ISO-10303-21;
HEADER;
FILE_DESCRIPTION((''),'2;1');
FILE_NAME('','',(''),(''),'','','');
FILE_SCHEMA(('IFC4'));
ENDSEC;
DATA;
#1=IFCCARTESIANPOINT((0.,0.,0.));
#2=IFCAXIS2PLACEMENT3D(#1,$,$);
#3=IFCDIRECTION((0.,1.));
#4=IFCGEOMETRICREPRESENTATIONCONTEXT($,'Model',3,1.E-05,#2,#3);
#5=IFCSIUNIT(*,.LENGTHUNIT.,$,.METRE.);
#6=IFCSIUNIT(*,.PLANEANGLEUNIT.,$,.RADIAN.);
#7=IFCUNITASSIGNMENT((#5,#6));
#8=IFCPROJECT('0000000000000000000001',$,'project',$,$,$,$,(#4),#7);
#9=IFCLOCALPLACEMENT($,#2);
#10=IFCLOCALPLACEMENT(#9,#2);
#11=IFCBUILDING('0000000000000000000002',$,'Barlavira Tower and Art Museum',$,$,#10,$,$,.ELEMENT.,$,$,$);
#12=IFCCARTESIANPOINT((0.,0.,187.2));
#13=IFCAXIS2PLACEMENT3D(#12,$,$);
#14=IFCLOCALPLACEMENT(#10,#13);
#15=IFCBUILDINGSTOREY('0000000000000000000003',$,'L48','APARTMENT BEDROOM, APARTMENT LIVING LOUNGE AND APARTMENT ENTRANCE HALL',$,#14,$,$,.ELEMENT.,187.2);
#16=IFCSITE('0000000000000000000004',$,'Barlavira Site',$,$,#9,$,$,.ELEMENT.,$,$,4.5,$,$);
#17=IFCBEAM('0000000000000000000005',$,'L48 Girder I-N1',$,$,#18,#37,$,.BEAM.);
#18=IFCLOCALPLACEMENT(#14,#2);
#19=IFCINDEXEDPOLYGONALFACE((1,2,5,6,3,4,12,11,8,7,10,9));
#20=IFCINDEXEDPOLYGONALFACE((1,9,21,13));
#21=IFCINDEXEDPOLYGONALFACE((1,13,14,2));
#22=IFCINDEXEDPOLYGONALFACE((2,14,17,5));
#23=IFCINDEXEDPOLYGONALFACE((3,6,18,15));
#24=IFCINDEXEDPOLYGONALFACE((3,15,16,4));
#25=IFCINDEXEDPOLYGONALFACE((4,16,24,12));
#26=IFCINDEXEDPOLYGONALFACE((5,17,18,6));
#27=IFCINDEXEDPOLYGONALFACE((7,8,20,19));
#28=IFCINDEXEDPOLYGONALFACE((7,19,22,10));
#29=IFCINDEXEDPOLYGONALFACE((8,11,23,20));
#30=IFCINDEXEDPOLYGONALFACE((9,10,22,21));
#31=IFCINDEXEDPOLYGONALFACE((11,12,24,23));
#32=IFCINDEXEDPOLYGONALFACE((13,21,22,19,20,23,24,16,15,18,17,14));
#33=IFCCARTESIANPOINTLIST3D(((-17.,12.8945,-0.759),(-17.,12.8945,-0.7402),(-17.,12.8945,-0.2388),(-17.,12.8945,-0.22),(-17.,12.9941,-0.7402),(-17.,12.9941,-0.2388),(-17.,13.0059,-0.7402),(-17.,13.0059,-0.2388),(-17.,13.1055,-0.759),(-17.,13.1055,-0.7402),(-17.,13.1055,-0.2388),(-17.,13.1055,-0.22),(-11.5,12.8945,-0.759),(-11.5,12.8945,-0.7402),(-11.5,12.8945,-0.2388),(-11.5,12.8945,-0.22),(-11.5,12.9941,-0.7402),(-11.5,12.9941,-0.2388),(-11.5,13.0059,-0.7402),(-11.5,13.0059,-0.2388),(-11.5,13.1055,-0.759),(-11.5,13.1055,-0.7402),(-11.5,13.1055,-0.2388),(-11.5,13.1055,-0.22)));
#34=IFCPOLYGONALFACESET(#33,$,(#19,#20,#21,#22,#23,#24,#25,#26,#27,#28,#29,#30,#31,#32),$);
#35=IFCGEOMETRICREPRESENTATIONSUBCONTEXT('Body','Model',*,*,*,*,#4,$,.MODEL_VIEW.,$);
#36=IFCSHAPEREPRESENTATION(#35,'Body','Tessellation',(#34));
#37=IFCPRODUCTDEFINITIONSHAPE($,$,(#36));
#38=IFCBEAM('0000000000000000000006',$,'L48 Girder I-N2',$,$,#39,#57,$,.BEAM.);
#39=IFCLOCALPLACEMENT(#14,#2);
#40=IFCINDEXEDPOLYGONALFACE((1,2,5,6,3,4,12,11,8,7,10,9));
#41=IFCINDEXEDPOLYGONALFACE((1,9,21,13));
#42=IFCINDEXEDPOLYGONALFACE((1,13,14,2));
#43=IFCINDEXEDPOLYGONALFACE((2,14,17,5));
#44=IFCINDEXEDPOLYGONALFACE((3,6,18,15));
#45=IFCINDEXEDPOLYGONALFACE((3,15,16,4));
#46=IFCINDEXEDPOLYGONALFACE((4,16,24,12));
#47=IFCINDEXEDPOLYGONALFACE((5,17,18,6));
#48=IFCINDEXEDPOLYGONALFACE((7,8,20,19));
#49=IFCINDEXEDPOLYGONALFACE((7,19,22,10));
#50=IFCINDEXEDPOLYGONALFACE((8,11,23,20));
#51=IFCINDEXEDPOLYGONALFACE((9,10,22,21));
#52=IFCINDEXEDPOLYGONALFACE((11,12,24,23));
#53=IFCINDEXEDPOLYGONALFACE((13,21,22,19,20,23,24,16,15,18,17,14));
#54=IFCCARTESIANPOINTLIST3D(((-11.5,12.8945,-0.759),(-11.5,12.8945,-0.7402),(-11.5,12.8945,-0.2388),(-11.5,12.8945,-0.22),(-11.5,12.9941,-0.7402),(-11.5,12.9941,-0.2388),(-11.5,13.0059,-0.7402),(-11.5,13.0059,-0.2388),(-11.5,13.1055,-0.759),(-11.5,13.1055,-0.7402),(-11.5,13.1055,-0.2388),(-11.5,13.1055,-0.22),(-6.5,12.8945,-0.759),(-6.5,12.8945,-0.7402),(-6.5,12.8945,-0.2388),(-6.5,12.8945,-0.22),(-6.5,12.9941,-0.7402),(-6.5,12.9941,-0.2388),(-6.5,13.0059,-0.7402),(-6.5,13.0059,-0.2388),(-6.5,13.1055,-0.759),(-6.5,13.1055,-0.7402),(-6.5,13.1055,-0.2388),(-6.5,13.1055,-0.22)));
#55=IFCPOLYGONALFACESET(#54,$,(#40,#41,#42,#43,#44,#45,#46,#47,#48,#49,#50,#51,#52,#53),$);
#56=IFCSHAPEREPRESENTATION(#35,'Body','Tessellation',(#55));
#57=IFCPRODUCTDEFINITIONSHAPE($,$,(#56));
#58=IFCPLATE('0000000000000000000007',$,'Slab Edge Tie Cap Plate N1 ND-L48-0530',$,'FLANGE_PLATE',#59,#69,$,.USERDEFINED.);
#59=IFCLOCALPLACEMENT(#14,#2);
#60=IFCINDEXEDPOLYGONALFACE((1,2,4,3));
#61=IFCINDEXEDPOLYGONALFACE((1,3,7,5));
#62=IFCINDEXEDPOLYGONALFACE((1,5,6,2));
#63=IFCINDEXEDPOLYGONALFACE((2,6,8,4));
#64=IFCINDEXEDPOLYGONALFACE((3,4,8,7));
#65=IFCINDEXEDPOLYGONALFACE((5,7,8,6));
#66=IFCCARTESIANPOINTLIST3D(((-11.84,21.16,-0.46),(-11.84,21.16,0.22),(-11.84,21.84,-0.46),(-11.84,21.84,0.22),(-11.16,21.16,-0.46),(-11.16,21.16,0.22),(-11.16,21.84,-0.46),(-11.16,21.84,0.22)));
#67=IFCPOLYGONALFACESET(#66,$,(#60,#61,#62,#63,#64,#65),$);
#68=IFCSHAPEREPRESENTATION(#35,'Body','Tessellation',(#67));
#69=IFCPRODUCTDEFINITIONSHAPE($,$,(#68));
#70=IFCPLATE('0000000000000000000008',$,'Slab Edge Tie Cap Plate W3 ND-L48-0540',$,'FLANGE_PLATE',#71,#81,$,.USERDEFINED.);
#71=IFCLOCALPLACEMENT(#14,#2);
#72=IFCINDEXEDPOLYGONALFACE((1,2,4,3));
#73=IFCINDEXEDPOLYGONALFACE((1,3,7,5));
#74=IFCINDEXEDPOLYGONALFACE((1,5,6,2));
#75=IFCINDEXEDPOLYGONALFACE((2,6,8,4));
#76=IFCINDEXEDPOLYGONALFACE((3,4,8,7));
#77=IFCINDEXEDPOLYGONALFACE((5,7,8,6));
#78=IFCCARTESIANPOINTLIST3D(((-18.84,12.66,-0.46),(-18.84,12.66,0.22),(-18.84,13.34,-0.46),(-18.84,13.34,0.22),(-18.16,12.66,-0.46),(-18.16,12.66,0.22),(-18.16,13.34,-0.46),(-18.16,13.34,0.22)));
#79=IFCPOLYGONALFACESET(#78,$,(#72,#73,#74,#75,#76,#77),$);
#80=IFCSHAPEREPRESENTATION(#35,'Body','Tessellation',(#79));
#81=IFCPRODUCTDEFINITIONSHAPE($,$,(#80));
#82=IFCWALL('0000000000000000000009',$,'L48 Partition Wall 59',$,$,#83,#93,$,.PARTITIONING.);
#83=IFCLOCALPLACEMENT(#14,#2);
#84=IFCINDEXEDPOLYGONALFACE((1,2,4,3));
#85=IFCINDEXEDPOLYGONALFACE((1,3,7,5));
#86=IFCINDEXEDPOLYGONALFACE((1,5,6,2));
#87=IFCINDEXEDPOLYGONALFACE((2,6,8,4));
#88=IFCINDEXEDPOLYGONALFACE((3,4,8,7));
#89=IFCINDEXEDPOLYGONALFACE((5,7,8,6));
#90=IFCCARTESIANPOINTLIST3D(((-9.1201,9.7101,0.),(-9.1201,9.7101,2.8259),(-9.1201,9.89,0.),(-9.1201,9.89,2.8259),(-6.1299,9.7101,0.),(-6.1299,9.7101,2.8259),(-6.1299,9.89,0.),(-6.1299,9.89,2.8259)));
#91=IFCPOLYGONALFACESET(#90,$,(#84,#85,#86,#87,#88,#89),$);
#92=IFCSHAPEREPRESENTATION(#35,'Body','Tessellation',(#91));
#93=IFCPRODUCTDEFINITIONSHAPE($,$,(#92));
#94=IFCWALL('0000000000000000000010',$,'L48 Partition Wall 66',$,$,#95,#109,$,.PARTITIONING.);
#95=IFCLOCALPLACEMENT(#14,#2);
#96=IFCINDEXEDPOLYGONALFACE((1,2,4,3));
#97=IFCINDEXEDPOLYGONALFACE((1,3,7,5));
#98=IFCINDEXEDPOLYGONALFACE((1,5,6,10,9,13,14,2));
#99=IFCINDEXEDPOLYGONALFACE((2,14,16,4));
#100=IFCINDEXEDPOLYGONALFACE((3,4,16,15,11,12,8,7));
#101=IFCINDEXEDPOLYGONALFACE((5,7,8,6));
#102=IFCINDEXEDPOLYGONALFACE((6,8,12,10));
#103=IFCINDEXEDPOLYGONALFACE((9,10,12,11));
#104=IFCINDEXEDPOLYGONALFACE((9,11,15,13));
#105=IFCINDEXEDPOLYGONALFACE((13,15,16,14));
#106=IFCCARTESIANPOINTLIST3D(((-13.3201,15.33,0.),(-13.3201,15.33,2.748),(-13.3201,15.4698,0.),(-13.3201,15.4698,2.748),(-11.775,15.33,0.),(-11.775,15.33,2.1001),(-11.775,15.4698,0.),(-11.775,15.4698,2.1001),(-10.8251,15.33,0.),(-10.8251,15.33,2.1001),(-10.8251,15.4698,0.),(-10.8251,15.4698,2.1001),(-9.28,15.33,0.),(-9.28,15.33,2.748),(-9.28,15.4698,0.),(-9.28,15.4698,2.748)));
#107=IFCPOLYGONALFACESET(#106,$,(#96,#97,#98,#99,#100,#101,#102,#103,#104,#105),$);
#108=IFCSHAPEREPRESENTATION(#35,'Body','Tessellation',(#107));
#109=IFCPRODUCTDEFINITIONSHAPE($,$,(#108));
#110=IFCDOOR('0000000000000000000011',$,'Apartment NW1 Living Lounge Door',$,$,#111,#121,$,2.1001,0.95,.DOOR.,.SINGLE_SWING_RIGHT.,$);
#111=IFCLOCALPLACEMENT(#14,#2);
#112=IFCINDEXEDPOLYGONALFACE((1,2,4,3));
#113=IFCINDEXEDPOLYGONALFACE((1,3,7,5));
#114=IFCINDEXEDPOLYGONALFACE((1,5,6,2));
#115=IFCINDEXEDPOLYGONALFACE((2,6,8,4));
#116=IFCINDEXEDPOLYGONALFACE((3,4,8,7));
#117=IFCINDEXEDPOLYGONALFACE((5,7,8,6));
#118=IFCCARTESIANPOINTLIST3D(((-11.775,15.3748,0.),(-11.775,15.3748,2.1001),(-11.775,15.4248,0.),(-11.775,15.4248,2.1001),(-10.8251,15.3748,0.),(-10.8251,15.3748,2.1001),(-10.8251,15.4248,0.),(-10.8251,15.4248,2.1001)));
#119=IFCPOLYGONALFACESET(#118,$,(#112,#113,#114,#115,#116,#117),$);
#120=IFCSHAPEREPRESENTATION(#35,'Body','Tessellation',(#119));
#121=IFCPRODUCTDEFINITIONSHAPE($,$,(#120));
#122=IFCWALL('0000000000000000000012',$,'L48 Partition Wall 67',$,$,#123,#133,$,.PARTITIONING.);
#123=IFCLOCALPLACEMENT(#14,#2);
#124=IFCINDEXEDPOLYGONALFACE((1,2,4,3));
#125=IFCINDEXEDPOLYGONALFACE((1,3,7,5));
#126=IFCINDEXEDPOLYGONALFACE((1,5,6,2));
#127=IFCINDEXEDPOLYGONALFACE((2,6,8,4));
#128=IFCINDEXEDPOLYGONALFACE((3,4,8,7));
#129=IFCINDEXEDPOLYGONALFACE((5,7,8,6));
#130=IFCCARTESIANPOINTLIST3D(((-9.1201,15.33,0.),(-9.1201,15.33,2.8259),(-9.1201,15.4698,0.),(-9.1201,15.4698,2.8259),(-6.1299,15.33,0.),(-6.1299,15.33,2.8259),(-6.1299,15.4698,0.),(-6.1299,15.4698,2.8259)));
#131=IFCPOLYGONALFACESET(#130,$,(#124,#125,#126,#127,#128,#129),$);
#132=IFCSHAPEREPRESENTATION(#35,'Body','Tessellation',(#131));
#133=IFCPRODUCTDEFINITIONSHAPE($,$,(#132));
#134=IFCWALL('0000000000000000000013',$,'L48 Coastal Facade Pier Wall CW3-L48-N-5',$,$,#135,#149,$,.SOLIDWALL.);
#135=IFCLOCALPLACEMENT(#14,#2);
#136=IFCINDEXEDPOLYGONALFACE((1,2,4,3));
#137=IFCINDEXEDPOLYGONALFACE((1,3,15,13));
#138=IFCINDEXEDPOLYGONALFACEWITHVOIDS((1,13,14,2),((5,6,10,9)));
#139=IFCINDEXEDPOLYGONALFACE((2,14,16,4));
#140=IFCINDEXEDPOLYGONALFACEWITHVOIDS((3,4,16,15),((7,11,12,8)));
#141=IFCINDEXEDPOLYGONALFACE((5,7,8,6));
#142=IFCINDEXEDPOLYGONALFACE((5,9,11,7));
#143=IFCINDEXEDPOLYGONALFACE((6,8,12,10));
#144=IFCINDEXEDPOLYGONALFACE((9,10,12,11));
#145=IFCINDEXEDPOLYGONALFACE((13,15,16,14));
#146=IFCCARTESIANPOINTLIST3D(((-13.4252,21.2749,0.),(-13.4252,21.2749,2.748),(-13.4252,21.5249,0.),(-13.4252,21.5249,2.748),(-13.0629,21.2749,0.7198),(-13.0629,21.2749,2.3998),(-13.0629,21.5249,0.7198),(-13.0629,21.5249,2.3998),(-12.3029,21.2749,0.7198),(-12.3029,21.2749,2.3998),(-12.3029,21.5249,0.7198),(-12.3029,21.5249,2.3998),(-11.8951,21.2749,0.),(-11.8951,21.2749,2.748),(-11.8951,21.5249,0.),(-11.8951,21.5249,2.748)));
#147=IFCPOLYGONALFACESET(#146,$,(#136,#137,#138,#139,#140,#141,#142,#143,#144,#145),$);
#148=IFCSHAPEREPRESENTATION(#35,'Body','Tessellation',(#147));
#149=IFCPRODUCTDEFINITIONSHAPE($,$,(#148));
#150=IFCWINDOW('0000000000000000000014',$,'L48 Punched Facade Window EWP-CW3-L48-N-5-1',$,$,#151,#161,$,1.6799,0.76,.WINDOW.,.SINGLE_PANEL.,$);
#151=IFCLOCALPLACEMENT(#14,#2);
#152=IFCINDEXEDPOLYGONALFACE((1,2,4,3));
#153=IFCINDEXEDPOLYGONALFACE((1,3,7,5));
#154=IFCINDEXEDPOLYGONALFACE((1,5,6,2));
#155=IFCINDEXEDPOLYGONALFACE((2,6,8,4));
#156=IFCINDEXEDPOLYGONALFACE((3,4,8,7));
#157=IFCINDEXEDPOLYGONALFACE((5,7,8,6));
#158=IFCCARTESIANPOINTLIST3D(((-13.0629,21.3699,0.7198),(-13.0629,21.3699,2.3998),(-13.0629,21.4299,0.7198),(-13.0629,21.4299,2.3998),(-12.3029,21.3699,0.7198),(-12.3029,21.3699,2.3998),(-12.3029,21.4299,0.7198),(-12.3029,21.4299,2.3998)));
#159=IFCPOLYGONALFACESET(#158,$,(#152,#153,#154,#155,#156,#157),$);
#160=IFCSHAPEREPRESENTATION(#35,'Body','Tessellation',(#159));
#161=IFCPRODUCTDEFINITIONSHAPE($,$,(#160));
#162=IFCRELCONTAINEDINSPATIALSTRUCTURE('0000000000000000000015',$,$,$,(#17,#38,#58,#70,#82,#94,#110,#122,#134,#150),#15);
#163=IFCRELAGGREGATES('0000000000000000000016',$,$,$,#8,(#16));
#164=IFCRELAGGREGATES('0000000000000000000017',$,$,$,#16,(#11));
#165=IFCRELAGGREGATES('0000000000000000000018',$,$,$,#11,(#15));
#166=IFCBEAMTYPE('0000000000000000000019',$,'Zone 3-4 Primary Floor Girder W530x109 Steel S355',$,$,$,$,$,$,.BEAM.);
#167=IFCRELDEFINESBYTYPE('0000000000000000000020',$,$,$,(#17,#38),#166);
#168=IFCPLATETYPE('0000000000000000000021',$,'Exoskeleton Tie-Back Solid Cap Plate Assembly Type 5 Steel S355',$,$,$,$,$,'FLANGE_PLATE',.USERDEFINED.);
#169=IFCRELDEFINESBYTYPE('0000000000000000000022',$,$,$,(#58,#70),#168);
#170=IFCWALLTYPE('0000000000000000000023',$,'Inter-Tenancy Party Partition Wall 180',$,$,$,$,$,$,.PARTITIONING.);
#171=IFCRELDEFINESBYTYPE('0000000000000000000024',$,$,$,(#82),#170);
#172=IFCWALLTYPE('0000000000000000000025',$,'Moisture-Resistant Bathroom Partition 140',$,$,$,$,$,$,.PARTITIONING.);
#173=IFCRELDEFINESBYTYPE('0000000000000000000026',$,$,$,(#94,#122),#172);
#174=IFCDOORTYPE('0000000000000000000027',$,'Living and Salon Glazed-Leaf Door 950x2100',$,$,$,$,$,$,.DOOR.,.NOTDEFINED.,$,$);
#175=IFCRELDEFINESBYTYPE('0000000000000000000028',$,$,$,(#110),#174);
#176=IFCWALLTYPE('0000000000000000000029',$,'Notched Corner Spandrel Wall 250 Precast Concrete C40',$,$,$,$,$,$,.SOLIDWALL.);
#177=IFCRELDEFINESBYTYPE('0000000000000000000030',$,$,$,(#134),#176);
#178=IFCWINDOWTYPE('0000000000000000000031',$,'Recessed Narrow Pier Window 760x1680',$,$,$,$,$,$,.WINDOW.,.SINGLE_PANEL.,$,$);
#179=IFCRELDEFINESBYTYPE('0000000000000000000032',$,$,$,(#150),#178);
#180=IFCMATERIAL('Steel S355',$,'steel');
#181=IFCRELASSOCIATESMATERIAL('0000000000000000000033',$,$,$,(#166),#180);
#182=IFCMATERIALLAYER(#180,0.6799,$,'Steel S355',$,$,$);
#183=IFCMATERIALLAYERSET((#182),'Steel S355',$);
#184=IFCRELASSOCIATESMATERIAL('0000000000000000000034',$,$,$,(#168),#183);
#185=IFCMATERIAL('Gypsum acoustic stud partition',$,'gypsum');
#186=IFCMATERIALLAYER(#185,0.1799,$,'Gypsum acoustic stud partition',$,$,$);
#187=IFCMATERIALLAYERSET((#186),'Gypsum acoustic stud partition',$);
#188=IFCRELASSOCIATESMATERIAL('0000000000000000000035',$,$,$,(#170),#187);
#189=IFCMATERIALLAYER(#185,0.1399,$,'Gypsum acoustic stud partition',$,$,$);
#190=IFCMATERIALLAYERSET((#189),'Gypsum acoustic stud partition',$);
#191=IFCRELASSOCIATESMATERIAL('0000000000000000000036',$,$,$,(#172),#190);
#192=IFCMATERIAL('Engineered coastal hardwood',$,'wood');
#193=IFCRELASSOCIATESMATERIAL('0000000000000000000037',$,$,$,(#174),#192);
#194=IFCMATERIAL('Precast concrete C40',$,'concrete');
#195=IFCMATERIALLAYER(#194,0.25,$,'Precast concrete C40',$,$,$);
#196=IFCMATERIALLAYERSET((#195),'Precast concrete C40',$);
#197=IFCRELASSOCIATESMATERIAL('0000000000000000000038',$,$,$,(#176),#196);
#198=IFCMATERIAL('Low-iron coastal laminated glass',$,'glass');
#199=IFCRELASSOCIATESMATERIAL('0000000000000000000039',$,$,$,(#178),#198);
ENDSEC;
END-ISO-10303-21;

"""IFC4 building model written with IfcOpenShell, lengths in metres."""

from ifc_helpers import new_model, si_unit, direction, frame, frame_2d, origin, origin_2d, place, context, subcontext, project, spatial, rectangle, i_section, extrude, material, layer, layer_set, material_profile, profile_set, type_object, element, fill, save


model = new_model("IFC4")

# Units and contexts
model_context = context("Model", 3, precision=1e-05, world=origin(), true_north=direction((0.0, 1.0)))
body_context = subcontext(model_context, "Body", "Model", "MODEL_VIEW")
ifc_project = project(units=[si_unit("LENGTHUNIT", "METRE"), si_unit("PLANEANGLEUNIT", "RADIAN")], contexts=[model_context])

# Site, building, storey
site_placement = place(None, origin())
site = spatial("IfcSite", under=ifc_project, at=site_placement, Name="Barlavira Site", CompositionType="ELEMENT", RefElevation=4.5)
building_placement = place(site_placement, origin())
building = spatial("IfcBuilding", under=site, at=building_placement, Name="Barlavira Tower and Art Museum", CompositionType="ELEMENT")
storey_placement = place(building_placement, frame((0.0, 0.0, 187.2)))
storey = spatial("IfcBuildingStorey", under=building, at=storey_placement, Name="L48", Description="APARTMENT BEDROOM, APARTMENT LIVING LOUNGE AND APARTMENT ENTRANCE HALL", CompositionType="ELEMENT", Elevation=187.2)

# Shared definitions
ifc_material_1 = material(Name="Steel S355", Category="steel")

# Beams
ifc_material_profile_1 = material_profile(ifc_material_1, i_section(OverallWidth=0.2109, OverallDepth=0.5391, WebThickness=0.0117, FlangeThickness=0.0188, at=origin_2d()), Name="W530x109.0")
ifc_profile_set_1 = profile_set([ifc_material_profile_1], Name="Steel S355")
beam_type_1 = type_object("IfcBeamType", Name="Zone 3-4 Primary Floor Girder W530x109 Steel S355", PredefinedType="BEAM", material=ifc_profile_set_1)
beam_1_placement = place(storey_placement, frame((-17.0, 13.0, -0.4895), z_axis=(1.0, 0.0, 0.0), x_axis=(0.0, 1.0, 0.0)))
element("IfcBeam", 1, at=beam_1_placement, inside=storey, type_object=beam_type_1, Name="L48 Girder I-N1", PredefinedType="BEAM", context=body_context, shape_type="SweptSolid", body=[
    extrude(i_section(OverallWidth=0.2109, OverallDepth=0.5391, WebThickness=0.0117, FlangeThickness=0.0188, at=origin_2d()), origin(), (0.0, 0.0, 1.0), 5.5),
])
beam_2_placement = place(storey_placement, frame((-11.5, 13.0, -0.4895), z_axis=(1.0, 0.0, 0.0), x_axis=(0.0, 1.0, 0.0)))
element("IfcBeam", 2, at=beam_2_placement, inside=storey, type_object=beam_type_1, Name="L48 Girder I-N2", PredefinedType="BEAM", context=body_context, shape_type="SweptSolid", body=[
    extrude(i_section(OverallWidth=0.2109, OverallDepth=0.5391, WebThickness=0.0117, FlangeThickness=0.0188, at=origin_2d()), origin(), (0.0, 0.0, 1.0), 5.0),
])

# Plates
ifc_layer_1 = layer(ifc_material_1, 0.6799, Name="Steel S355")
ifc_layer_set_1 = layer_set([ifc_layer_1], Name="Steel S355")
plate_type = type_object("IfcPlateType", Name="Exoskeleton Tie-Back Solid Cap Plate Assembly Type 5 Steel S355", ElementType="FLANGE_PLATE", PredefinedType="USERDEFINED", material=ifc_layer_set_1)
for number, where, z_axis, x_axis, name in (
    (3, (-11.5, 21.5, -0.46), (0.0, 0.0, 1.0), (1.0, 0.0, 0.0), "Slab Edge Tie Cap Plate N1 ND-L48-0530"),
    (4, (-18.5, 13.0, -0.46), (0.0, 0.0, 1.0), (1.0, 0.0, 0.0), "Slab Edge Tie Cap Plate W3 ND-L48-0540"),
):
    element("IfcPlate", number, at=place(storey_placement, frame(where, z_axis=z_axis, x_axis=x_axis)), inside=storey, type_object=plate_type, Name=name, ObjectType="FLANGE_PLATE", PredefinedType="USERDEFINED", context=body_context, shape_type="SweptSolid", body=[
        extrude(rectangle(XDim=0.6799, YDim=0.6799, at=origin_2d()), origin(), (0.0, 0.0, 1.0), 0.6799),
    ])

# Wall
ifc_material_2 = material(Name="Gypsum acoustic stud partition", Category="gypsum")
ifc_layer_2 = layer(ifc_material_2, 0.1799, Name="Gypsum acoustic stud partition")
ifc_layer_set_2 = layer_set([ifc_layer_2], Name="Gypsum acoustic stud partition")
wall_type_1 = type_object("IfcWallType", Name="Inter-Tenancy Party Partition Wall 180", PredefinedType="PARTITIONING", material=ifc_layer_set_2)
wall_1_placement = place(storey_placement, frame((-9.1201, 9.8, 0.0), z_axis=(0.0, 0.0, 1.0), x_axis=(1.0, 0.0, 0.0)))
element("IfcWall", 5, at=wall_1_placement, inside=storey, type_object=wall_type_1, Name="L48 Partition Wall 59", PredefinedType="PARTITIONING", context=body_context, shape_type="SweptSolid", body=[
    extrude(rectangle(XDim=2.9902, YDim=0.1799, at=frame_2d((1.4951, 0.0))), origin(), (0.0, 0.0, 1.0), 2.8259),
])

# Wall, opening, door
ifc_layer_3 = layer(ifc_material_2, 0.1399, Name="Gypsum acoustic stud partition")
ifc_layer_set_3 = layer_set([ifc_layer_3], Name="Gypsum acoustic stud partition")
wall_type_2 = type_object("IfcWallType", Name="Moisture-Resistant Bathroom Partition 140", PredefinedType="PARTITIONING", material=ifc_layer_set_3)
wall_2_placement = place(storey_placement, frame((-13.3201, 15.3999, 0.0), z_axis=(0.0, 0.0, 1.0), x_axis=(1.0, 0.0, 0.0)))
wall_2 = element("IfcWall", 6, at=wall_2_placement, inside=storey, type_object=wall_type_2, Name="L48 Partition Wall 66", PredefinedType="PARTITIONING", context=body_context, shape_type="SweptSolid", body=[
    extrude(rectangle(XDim=4.04, YDim=0.1399, at=frame_2d((2.02, 0.0))), origin(), (0.0, 0.0, 1.0), 2.748),
])
opening_1_placement = place(wall_2_placement, frame((1.5449, 0.0, 0.0)))
opening_1 = element("IfcOpeningElement", 7, at=opening_1_placement, cuts=wall_2, PredefinedType="OPENING", context=body_context, shape_type="SweptSolid", body=[
    extrude(rectangle(XDim=0.95, YDim=2.1001, at=frame_2d((0.4751, 1.05))), frame((0.0, 0.0801, 0.0), z_axis=(0.0, -1.0, 0.0), x_axis=(1.0, 0.0, 0.0)), (0.0, 0.0, 1.0), 0.1599),
])
ifc_material_3 = material(Name="Engineered coastal hardwood", Category="wood")
door_type = type_object("IfcDoorType", Name="Living and Salon Glazed-Leaf Door 950x2100", OperationType="NOTDEFINED", PredefinedType="DOOR", material=ifc_material_3)
door_placement = place(opening_1_placement, origin())
door = element("IfcDoor", 8, at=door_placement, inside=storey, type_object=door_type, Name="Apartment NW1 Living Lounge Door", OperationType="SINGLE_SWING_RIGHT", OverallHeight=2.1001, OverallWidth=0.95, PredefinedType="DOOR", context=body_context, shape_type="SweptSolid", body=[
    extrude(rectangle(XDim=0.95, YDim=2.1001, at=frame_2d((0.4751, 1.05))), frame((0.0, 0.0249, 0.0), z_axis=(0.0, -1.0, 0.0), x_axis=(1.0, 0.0, 0.0)), (0.0, 0.0, 1.0), 0.05),
])
fill(opening_1, door)

# Wall
wall_3_placement = place(storey_placement, frame((-9.1201, 15.3999, 0.0), z_axis=(0.0, 0.0, 1.0), x_axis=(1.0, 0.0, 0.0)))
element("IfcWall", 9, at=wall_3_placement, inside=storey, type_object=wall_type_2, Name="L48 Partition Wall 67", PredefinedType="PARTITIONING", context=body_context, shape_type="SweptSolid", body=[
    extrude(rectangle(XDim=2.9902, YDim=0.1399, at=frame_2d((1.4951, 0.0))), origin(), (0.0, 0.0, 1.0), 2.8259),
])

# Wall, opening, window
ifc_material_4 = material(Name="Precast concrete C40", Category="concrete")
ifc_layer_4 = layer(ifc_material_4, 0.25, Name="Precast concrete C40")
ifc_layer_set_4 = layer_set([ifc_layer_4], Name="Precast concrete C40")
wall_type_3 = type_object("IfcWallType", Name="Notched Corner Spandrel Wall 250 Precast Concrete C40", PredefinedType="SOLIDWALL", material=ifc_layer_set_4)
wall_4_placement = place(storey_placement, frame((-11.895, 21.3999, 0.0), z_axis=(0.0, 0.0, 1.0), x_axis=(-1.0, 0.0, 0.0)))
wall_4 = element("IfcWall", 10, at=wall_4_placement, inside=storey, type_object=wall_type_3, Name="L48 Coastal Facade Pier Wall CW3-L48-N-5", PredefinedType="SOLIDWALL", context=body_context, shape_type="SweptSolid", body=[
    extrude(rectangle(XDim=1.53, YDim=0.25, at=frame_2d((0.7651, 0.0))), origin(), (0.0, 0.0, 1.0), 2.748),
])
opening_2_placement = place(wall_4_placement, frame((0.408, 0.0, 0.72)))
opening_2 = element("IfcOpeningElement", 11, at=opening_2_placement, cuts=wall_4, PredefinedType="OPENING", context=body_context, shape_type="SweptSolid", body=[
    extrude(rectangle(XDim=0.76, YDim=1.6799, at=frame_2d((0.3799, 0.8398))), frame((0.0, 0.135, 0.0), z_axis=(0.0, -1.0, 0.0), x_axis=(1.0, 0.0, 0.0)), (0.0, 0.0, 1.0), 0.27),
])
ifc_material_5 = material(Name="Low-iron coastal laminated glass", Category="glass")
window_type_1 = type_object("IfcWindowType", Name="Recessed Narrow Pier Window 760x1680", PartitioningType="SINGLE_PANEL", PredefinedType="WINDOW", material=ifc_material_5)
window_1_placement = place(opening_2_placement, origin())
window_1 = element("IfcWindow", 12, at=window_1_placement, inside=storey, type_object=window_type_1, Name="L48 Punched Facade Window EWP-CW3-L48-N-5-1", OverallHeight=1.6799, OverallWidth=0.76, PartitioningType="SINGLE_PANEL", PredefinedType="WINDOW", context=body_context, shape_type="SweptSolid", body=[
    extrude(rectangle(XDim=0.76, YDim=1.6799, at=frame_2d((0.3799, 0.8398))), frame((0.0, 0.03, 0.0), z_axis=(0.0, -1.0, 0.0), x_axis=(1.0, 0.0, 0.0)), (0.0, 0.0, 1.0), 0.0601),
])
fill(opening_2, window_1)

save(model, "model.ifc")
